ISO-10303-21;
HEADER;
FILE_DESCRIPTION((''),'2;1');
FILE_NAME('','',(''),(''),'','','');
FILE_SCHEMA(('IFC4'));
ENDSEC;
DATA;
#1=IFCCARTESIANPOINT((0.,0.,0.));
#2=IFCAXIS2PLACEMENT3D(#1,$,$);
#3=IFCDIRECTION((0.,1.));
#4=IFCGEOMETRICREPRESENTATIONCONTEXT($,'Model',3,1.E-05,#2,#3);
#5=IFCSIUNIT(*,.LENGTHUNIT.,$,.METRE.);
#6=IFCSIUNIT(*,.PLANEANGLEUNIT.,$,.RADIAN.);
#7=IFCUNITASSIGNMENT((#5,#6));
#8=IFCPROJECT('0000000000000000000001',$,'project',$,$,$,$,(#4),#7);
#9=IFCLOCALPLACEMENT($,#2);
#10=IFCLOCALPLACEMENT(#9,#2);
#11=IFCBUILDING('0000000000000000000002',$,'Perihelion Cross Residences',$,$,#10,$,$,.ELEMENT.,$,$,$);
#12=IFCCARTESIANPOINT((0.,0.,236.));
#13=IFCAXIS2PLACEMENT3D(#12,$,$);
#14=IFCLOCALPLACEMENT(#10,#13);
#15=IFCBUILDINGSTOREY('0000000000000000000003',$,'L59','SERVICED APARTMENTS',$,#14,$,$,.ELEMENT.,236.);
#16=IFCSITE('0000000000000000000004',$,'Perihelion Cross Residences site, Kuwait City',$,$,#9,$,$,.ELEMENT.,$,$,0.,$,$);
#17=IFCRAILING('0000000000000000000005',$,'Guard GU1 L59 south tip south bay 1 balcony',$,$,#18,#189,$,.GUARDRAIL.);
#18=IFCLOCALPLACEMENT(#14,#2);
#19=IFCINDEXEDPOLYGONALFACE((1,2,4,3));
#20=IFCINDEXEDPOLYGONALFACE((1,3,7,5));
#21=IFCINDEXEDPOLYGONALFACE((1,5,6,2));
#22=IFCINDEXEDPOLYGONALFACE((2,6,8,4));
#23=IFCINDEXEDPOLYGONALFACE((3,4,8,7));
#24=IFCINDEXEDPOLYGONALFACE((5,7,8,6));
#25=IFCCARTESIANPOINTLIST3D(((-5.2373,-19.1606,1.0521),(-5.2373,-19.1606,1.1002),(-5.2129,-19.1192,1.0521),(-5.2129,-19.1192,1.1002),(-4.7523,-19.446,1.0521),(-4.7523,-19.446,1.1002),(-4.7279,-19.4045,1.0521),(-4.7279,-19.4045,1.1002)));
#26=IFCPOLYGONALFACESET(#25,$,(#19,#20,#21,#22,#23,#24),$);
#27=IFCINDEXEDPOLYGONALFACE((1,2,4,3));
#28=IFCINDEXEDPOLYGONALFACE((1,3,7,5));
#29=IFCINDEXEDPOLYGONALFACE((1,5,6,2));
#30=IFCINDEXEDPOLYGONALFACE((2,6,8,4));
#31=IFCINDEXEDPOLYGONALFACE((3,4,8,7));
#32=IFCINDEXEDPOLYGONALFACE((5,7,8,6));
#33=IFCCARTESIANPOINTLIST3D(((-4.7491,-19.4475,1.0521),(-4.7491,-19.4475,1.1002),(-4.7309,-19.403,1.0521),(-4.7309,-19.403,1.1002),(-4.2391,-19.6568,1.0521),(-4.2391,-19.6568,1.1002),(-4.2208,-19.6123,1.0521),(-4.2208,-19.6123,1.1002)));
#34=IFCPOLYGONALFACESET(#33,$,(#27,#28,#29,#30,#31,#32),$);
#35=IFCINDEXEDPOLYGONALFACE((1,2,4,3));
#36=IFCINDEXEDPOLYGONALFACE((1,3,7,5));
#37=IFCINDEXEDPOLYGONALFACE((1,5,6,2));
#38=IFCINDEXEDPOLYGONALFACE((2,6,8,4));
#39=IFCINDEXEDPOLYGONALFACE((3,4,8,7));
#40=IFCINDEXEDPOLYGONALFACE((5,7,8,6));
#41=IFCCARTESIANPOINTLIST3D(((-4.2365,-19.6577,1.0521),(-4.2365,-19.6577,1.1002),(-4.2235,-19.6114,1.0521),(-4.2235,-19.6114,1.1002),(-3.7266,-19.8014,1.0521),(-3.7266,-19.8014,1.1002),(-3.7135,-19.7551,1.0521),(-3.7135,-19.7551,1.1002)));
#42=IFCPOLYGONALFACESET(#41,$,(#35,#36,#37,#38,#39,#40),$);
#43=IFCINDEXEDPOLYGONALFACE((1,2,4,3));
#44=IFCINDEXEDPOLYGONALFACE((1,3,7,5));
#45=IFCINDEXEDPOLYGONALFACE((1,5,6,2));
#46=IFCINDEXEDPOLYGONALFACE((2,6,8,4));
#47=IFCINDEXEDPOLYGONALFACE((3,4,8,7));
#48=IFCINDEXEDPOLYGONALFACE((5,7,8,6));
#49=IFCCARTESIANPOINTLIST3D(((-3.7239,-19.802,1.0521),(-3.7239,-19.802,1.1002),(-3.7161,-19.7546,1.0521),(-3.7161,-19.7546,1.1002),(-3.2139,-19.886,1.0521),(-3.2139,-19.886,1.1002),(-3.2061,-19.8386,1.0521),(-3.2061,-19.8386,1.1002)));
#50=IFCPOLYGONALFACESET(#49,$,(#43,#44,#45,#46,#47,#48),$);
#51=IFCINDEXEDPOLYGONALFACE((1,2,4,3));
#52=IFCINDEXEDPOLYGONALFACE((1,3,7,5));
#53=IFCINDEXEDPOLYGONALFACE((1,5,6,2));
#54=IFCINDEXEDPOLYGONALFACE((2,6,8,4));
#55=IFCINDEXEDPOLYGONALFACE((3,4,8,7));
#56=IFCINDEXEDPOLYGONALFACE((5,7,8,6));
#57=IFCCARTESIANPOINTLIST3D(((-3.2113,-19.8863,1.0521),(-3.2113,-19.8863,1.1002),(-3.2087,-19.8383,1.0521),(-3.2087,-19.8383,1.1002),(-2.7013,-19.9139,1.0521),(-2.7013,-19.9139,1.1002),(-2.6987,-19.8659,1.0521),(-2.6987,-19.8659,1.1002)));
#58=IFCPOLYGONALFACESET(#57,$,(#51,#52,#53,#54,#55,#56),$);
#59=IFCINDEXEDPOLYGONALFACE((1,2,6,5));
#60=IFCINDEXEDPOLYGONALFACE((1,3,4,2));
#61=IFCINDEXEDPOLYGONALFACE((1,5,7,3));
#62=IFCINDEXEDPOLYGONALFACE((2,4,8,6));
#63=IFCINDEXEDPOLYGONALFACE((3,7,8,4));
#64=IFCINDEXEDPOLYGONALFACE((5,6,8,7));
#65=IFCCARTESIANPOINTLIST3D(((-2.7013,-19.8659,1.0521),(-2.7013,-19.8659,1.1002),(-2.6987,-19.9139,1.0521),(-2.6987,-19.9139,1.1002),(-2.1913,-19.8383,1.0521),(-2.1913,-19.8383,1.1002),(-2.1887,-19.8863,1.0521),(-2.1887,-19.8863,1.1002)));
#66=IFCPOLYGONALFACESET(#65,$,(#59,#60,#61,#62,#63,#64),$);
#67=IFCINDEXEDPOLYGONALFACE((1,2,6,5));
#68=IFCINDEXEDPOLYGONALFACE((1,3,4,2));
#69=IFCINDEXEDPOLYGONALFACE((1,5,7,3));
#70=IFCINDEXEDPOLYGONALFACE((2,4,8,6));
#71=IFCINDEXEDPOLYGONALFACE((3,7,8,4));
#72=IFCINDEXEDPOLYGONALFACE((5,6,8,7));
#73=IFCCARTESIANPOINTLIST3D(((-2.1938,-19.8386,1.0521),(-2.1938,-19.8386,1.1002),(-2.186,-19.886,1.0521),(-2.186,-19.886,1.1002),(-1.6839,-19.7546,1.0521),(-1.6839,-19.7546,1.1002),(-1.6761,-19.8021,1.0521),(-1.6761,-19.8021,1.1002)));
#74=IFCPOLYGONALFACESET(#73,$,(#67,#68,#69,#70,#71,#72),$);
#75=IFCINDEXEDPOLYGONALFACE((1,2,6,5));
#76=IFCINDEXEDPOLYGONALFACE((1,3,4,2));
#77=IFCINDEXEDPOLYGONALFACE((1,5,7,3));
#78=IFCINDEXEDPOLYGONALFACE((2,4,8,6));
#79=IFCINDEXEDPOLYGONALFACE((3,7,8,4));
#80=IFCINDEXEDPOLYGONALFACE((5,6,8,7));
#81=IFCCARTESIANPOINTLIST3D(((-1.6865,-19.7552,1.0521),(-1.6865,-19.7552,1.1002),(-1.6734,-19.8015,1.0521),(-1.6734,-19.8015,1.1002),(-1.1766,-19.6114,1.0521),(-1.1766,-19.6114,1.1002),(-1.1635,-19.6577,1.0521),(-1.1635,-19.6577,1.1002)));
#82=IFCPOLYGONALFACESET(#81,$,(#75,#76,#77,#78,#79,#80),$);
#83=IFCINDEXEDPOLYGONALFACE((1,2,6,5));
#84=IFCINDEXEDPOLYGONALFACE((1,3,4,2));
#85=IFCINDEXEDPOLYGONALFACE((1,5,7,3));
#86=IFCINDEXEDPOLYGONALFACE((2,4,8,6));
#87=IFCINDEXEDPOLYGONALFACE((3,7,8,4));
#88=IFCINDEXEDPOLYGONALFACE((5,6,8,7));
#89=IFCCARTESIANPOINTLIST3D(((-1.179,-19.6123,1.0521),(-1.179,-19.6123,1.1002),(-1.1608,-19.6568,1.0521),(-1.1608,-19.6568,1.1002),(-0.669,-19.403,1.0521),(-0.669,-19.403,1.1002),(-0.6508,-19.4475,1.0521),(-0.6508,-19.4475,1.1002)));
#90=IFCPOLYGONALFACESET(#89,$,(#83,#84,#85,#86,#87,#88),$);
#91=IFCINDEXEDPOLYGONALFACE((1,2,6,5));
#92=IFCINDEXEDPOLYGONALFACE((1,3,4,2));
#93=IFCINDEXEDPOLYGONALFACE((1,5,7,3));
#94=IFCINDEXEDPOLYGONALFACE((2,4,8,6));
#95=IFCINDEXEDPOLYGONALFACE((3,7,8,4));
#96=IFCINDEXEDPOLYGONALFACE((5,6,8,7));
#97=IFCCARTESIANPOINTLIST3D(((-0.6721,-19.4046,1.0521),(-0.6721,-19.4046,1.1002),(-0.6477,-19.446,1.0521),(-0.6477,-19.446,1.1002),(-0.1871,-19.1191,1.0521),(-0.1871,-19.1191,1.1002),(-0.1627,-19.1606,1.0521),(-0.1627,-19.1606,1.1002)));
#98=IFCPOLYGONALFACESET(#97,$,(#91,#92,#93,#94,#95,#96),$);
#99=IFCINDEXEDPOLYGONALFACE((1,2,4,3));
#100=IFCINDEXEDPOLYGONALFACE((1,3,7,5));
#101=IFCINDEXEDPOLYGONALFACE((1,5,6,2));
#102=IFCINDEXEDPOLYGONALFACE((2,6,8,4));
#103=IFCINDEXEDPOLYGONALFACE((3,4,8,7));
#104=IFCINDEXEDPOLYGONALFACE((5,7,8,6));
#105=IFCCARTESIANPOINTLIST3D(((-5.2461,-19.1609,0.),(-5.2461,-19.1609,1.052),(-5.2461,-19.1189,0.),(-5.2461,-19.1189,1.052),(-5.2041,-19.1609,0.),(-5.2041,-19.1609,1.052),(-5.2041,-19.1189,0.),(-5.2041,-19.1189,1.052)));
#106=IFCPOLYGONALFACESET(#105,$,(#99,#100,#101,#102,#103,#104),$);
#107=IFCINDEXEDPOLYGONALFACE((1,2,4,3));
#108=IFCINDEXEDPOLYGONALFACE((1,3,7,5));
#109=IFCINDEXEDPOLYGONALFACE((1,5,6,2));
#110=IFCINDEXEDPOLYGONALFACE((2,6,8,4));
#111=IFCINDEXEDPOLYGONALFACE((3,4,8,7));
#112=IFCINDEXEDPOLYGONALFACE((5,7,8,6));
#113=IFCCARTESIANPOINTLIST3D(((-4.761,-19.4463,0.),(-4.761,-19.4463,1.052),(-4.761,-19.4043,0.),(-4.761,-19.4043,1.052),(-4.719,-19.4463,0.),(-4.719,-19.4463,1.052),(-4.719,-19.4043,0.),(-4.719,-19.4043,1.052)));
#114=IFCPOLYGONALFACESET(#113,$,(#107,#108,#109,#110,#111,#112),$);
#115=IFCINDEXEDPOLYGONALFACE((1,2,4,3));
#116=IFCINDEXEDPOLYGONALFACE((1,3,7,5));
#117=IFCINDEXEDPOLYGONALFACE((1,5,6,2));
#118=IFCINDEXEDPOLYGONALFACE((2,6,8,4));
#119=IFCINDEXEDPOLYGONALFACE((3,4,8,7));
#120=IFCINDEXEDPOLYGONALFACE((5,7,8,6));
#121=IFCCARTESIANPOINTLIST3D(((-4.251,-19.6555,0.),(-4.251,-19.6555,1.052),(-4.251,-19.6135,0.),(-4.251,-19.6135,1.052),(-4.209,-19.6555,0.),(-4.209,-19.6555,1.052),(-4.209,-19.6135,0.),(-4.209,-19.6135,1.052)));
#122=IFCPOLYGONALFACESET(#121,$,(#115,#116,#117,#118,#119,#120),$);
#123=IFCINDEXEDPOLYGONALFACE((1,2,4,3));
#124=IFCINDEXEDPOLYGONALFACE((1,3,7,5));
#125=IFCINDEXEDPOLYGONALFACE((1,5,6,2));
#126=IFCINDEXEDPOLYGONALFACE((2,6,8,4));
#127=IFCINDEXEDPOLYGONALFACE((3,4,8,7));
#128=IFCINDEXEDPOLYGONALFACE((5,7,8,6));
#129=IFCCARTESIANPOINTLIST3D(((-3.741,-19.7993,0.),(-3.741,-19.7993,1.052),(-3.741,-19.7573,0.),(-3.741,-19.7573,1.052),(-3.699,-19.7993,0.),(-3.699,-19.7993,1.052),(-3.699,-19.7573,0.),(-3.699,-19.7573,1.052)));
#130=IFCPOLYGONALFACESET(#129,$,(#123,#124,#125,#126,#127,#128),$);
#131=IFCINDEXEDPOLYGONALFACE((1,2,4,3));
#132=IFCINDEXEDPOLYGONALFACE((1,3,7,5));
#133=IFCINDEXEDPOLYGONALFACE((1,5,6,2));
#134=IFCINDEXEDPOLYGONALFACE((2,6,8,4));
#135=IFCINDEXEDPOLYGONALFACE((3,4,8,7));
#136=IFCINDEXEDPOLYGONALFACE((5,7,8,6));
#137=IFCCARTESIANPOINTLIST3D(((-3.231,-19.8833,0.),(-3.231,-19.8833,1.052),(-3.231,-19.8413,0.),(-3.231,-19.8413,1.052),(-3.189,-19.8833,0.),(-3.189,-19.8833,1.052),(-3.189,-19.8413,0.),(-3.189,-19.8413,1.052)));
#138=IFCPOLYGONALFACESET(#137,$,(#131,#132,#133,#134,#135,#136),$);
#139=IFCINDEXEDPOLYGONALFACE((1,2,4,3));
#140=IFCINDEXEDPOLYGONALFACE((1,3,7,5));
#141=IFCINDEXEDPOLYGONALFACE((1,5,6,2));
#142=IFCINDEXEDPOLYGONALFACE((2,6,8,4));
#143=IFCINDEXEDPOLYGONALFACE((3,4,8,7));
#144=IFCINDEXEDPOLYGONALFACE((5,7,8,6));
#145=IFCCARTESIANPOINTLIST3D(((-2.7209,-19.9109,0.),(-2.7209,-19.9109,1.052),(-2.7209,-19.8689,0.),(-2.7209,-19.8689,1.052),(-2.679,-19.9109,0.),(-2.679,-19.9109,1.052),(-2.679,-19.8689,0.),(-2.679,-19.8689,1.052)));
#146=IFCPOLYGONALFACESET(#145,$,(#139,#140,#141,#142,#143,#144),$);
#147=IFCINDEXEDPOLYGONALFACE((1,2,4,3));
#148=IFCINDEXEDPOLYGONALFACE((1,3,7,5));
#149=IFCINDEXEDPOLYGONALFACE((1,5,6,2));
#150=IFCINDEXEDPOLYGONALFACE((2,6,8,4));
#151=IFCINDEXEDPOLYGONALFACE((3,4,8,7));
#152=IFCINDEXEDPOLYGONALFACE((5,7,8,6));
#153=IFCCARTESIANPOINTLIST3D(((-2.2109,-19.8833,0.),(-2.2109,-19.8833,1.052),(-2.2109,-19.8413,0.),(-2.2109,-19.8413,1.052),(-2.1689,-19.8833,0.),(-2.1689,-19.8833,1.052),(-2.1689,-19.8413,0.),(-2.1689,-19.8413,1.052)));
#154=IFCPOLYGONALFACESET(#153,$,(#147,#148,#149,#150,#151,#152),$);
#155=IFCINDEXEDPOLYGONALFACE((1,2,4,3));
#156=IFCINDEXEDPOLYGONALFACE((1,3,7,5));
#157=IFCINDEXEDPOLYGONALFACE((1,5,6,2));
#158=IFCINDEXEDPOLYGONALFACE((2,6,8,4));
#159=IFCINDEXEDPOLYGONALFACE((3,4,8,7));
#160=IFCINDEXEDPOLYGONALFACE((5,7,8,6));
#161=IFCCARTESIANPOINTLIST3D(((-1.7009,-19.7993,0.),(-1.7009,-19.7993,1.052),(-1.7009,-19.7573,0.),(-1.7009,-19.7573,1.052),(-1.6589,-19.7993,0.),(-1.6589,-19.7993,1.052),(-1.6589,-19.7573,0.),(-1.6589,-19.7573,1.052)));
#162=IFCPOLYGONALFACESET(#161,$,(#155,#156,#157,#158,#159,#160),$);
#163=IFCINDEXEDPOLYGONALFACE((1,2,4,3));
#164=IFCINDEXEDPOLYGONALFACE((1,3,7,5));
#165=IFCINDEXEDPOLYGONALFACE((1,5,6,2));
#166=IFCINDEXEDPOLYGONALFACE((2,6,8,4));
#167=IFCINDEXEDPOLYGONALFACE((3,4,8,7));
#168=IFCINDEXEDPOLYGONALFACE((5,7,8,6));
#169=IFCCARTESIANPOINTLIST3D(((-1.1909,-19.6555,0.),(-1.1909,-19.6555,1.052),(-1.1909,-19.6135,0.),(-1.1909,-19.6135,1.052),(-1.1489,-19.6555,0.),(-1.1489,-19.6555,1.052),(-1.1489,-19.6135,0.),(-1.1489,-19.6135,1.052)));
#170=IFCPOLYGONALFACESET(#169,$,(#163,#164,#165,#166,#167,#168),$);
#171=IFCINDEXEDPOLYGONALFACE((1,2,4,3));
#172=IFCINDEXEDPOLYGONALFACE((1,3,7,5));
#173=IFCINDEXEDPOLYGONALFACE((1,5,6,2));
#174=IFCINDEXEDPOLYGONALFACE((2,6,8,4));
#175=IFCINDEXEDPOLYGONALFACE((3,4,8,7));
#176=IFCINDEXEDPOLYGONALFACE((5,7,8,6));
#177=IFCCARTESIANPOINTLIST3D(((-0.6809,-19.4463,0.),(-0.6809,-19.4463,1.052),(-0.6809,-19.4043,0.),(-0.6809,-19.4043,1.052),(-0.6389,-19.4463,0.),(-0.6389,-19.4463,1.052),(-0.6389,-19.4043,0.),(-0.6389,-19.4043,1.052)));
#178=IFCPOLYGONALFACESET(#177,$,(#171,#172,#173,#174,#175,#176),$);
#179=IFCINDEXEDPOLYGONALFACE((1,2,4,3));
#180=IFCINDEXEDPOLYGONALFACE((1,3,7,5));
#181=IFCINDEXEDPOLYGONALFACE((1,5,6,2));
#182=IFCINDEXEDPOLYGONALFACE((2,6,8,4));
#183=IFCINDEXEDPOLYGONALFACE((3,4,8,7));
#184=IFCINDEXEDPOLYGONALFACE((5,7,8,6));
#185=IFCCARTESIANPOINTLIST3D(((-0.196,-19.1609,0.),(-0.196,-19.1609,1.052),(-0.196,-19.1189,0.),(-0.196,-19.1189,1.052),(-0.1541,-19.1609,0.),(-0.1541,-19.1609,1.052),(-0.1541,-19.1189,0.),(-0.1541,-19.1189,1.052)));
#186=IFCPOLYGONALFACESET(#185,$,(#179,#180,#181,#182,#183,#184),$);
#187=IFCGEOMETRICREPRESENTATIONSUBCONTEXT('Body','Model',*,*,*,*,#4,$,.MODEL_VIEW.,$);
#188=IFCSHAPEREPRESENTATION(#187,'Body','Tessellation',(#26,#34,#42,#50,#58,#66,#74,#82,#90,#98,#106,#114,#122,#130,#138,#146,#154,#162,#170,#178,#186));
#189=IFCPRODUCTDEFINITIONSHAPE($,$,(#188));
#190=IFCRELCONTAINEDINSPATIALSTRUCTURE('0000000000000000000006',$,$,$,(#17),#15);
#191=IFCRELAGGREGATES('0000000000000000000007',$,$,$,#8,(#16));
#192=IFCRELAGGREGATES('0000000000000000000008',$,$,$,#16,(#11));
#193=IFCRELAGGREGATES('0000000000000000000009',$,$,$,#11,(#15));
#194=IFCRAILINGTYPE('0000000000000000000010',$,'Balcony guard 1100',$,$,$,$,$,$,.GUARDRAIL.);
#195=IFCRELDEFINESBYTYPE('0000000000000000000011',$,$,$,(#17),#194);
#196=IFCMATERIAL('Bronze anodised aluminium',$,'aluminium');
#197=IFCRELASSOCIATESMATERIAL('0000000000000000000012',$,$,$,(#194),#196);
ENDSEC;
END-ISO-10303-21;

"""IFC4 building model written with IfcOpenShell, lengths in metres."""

from ifc_helpers import new_model, si_unit, direction, frame, origin, origin_2d, place, context, subcontext, project, spatial, rectangle, extrude, material, type_object, element, save


model = new_model("IFC4")

# Units and contexts
model_context = context("Model", 3, precision=1e-05, world=origin(), true_north=direction((0.0, 1.0)))
body_context = subcontext(model_context, "Body", "Model", "MODEL_VIEW")
ifc_project = project(units=[si_unit("LENGTHUNIT", "METRE"), si_unit("PLANEANGLEUNIT", "RADIAN")], contexts=[model_context])

# Site, building, storey
site_placement = place(None, origin())
site = spatial("IfcSite", under=ifc_project, at=site_placement, Name="Perihelion Cross Residences site, Kuwait City", CompositionType="ELEMENT", RefElevation=0.0)
building_placement = place(site_placement, origin())
building = spatial("IfcBuilding", under=site, at=building_placement, Name="Perihelion Cross Residences", CompositionType="ELEMENT")
storey_placement = place(building_placement, frame((0.0, 0.0, 236.0)))
storey = spatial("IfcBuildingStorey", under=building, at=storey_placement, Name="L59", Description="SERVICED APARTMENTS", CompositionType="ELEMENT", Elevation=236.0)

# Railing
ifc_material_1 = material(Name="Bronze anodised aluminium", Category="aluminium")
railing_type = type_object("IfcRailingType", Name="Balcony guard 1100", PredefinedType="GUARDRAIL", material=ifc_material_1)
railing_1_placement = place(storey_placement, frame((-5.2251, -19.1399, 0.0)))
element("IfcRailing", 1, at=railing_1_placement, inside=storey, type_object=railing_type, Name="Guard GU1 L59 south tip south bay 1 balcony", PredefinedType="GUARDRAIL", context=body_context, shape_type="SweptSolid", body=[
    extrude(rectangle(XDim=0.0481, YDim=0.0481, at=origin_2d()), frame((0.0, 0.0, 1.0762), z_axis=(0.861901, -0.507077, 0.0), x_axis=(0.507077, 0.861901, 0.0)), (0.0, 0.0, 1.0), 0.5627),
    extrude(rectangle(XDim=0.0481, YDim=0.0481, at=origin_2d()), frame((0.4851, -0.2854, 1.0762), z_axis=(0.925173, -0.379547, 0.0), x_axis=(0.379547, 0.925173, 0.0)), (0.0, 0.0, 1.0), 0.5513),
    extrude(rectangle(XDim=0.0481, YDim=0.0481, at=origin_2d()), frame((0.9951, -0.4946, 1.0762), z_axis=(0.962474, -0.271373, 0.0), x_axis=(0.271373, 0.962474, 0.0)), (0.0, 0.0, 1.0), 0.5298),
    extrude(rectangle(XDim=0.0481, YDim=0.0481, at=origin_2d()), frame((1.5051, -0.6384, 1.0762), z_axis=(0.986711, -0.162484, 0.0), x_axis=(0.162484, 0.986711, 0.0)), (0.0, 0.0, 1.0), 0.5168),
    extrude(rectangle(XDim=0.0481, YDim=0.0481, at=origin_2d()), frame((2.0151, -0.7224, 1.0762), z_axis=(0.99854, -0.054014, 0.0), x_axis=(0.054014, 0.99854, 0.0)), (0.0, 0.0, 1.0), 0.5107),
    extrude(rectangle(XDim=0.0481, YDim=0.0481, at=origin_2d()), frame((2.5251, -0.75, 1.0762), z_axis=(0.99854, 0.054014, 0.0), x_axis=(-0.054014, 0.99854, 0.0)), (0.0, 0.0, 1.0), 0.5107),
    extrude(rectangle(XDim=0.0481, YDim=0.0481, at=origin_2d()), frame((3.0352, -0.7224, 1.0762), z_axis=(0.986711, 0.162484, 0.0), x_axis=(-0.162484, 0.986711, 0.0)), (0.0, 0.0, 1.0), 0.5168),
    extrude(rectangle(XDim=0.0481, YDim=0.0481, at=origin_2d()), frame((3.5452, -0.6384, 1.0762), z_axis=(0.962474, 0.271373, 0.0), x_axis=(-0.271373, 0.962474, 0.0)), (0.0, 0.0, 1.0), 0.5298),
    extrude(rectangle(XDim=0.0481, YDim=0.0481, at=origin_2d()), frame((4.0552, -0.4946, 1.0762), z_axis=(0.925173, 0.379547, 0.0), x_axis=(-0.379547, 0.925173, 0.0)), (0.0, 0.0, 1.0), 0.5513),
    extrude(rectangle(XDim=0.0481, YDim=0.0481, at=origin_2d()), frame((4.5652, -0.2854, 1.0762), z_axis=(0.861789, 0.507267, 0.0), x_axis=(-0.507267, 0.861789, 0.0)), (0.0, 0.0, 1.0), 0.5627),
    extrude(rectangle(XDim=0.042, YDim=0.042, at=origin_2d()), origin(), (0.0, 0.0, 1.0), 1.052),
    extrude(rectangle(XDim=0.042, YDim=0.042, at=origin_2d()), frame((0.4851, -0.2854, 0.0)), (0.0, 0.0, 1.0), 1.052),
    extrude(rectangle(XDim=0.042, YDim=0.042, at=origin_2d()), frame((0.9951, -0.4946, 0.0)), (0.0, 0.0, 1.0), 1.052),
    extrude(rectangle(XDim=0.042, YDim=0.042, at=origin_2d()), frame((1.5051, -0.6384, 0.0)), (0.0, 0.0, 1.0), 1.052),
    extrude(rectangle(XDim=0.042, YDim=0.042, at=origin_2d()), frame((2.0151, -0.7224, 0.0)), (0.0, 0.0, 1.0), 1.052),
    extrude(rectangle(XDim=0.042, YDim=0.042, at=origin_2d()), frame((2.5251, -0.75, 0.0)), (0.0, 0.0, 1.0), 1.052),
    extrude(rectangle(XDim=0.042, YDim=0.042, at=origin_2d()), frame((3.0352, -0.7224, 0.0)), (0.0, 0.0, 1.0), 1.052),
    extrude(rectangle(XDim=0.042, YDim=0.042, at=origin_2d()), frame((3.5452, -0.6384, 0.0)), (0.0, 0.0, 1.0), 1.052),
    extrude(rectangle(XDim=0.042, YDim=0.042, at=origin_2d()), frame((4.0552, -0.4946, 0.0)), (0.0, 0.0, 1.0), 1.052),
    extrude(rectangle(XDim=0.042, YDim=0.042, at=origin_2d()), frame((4.5652, -0.2854, 0.0)), (0.0, 0.0, 1.0), 1.052),
    extrude(rectangle(XDim=0.042, YDim=0.042, at=origin_2d()), frame((5.05, 0.0, 0.0)), (0.0, 0.0, 1.0), 1.052),
])

save(model, "model.ifc")
